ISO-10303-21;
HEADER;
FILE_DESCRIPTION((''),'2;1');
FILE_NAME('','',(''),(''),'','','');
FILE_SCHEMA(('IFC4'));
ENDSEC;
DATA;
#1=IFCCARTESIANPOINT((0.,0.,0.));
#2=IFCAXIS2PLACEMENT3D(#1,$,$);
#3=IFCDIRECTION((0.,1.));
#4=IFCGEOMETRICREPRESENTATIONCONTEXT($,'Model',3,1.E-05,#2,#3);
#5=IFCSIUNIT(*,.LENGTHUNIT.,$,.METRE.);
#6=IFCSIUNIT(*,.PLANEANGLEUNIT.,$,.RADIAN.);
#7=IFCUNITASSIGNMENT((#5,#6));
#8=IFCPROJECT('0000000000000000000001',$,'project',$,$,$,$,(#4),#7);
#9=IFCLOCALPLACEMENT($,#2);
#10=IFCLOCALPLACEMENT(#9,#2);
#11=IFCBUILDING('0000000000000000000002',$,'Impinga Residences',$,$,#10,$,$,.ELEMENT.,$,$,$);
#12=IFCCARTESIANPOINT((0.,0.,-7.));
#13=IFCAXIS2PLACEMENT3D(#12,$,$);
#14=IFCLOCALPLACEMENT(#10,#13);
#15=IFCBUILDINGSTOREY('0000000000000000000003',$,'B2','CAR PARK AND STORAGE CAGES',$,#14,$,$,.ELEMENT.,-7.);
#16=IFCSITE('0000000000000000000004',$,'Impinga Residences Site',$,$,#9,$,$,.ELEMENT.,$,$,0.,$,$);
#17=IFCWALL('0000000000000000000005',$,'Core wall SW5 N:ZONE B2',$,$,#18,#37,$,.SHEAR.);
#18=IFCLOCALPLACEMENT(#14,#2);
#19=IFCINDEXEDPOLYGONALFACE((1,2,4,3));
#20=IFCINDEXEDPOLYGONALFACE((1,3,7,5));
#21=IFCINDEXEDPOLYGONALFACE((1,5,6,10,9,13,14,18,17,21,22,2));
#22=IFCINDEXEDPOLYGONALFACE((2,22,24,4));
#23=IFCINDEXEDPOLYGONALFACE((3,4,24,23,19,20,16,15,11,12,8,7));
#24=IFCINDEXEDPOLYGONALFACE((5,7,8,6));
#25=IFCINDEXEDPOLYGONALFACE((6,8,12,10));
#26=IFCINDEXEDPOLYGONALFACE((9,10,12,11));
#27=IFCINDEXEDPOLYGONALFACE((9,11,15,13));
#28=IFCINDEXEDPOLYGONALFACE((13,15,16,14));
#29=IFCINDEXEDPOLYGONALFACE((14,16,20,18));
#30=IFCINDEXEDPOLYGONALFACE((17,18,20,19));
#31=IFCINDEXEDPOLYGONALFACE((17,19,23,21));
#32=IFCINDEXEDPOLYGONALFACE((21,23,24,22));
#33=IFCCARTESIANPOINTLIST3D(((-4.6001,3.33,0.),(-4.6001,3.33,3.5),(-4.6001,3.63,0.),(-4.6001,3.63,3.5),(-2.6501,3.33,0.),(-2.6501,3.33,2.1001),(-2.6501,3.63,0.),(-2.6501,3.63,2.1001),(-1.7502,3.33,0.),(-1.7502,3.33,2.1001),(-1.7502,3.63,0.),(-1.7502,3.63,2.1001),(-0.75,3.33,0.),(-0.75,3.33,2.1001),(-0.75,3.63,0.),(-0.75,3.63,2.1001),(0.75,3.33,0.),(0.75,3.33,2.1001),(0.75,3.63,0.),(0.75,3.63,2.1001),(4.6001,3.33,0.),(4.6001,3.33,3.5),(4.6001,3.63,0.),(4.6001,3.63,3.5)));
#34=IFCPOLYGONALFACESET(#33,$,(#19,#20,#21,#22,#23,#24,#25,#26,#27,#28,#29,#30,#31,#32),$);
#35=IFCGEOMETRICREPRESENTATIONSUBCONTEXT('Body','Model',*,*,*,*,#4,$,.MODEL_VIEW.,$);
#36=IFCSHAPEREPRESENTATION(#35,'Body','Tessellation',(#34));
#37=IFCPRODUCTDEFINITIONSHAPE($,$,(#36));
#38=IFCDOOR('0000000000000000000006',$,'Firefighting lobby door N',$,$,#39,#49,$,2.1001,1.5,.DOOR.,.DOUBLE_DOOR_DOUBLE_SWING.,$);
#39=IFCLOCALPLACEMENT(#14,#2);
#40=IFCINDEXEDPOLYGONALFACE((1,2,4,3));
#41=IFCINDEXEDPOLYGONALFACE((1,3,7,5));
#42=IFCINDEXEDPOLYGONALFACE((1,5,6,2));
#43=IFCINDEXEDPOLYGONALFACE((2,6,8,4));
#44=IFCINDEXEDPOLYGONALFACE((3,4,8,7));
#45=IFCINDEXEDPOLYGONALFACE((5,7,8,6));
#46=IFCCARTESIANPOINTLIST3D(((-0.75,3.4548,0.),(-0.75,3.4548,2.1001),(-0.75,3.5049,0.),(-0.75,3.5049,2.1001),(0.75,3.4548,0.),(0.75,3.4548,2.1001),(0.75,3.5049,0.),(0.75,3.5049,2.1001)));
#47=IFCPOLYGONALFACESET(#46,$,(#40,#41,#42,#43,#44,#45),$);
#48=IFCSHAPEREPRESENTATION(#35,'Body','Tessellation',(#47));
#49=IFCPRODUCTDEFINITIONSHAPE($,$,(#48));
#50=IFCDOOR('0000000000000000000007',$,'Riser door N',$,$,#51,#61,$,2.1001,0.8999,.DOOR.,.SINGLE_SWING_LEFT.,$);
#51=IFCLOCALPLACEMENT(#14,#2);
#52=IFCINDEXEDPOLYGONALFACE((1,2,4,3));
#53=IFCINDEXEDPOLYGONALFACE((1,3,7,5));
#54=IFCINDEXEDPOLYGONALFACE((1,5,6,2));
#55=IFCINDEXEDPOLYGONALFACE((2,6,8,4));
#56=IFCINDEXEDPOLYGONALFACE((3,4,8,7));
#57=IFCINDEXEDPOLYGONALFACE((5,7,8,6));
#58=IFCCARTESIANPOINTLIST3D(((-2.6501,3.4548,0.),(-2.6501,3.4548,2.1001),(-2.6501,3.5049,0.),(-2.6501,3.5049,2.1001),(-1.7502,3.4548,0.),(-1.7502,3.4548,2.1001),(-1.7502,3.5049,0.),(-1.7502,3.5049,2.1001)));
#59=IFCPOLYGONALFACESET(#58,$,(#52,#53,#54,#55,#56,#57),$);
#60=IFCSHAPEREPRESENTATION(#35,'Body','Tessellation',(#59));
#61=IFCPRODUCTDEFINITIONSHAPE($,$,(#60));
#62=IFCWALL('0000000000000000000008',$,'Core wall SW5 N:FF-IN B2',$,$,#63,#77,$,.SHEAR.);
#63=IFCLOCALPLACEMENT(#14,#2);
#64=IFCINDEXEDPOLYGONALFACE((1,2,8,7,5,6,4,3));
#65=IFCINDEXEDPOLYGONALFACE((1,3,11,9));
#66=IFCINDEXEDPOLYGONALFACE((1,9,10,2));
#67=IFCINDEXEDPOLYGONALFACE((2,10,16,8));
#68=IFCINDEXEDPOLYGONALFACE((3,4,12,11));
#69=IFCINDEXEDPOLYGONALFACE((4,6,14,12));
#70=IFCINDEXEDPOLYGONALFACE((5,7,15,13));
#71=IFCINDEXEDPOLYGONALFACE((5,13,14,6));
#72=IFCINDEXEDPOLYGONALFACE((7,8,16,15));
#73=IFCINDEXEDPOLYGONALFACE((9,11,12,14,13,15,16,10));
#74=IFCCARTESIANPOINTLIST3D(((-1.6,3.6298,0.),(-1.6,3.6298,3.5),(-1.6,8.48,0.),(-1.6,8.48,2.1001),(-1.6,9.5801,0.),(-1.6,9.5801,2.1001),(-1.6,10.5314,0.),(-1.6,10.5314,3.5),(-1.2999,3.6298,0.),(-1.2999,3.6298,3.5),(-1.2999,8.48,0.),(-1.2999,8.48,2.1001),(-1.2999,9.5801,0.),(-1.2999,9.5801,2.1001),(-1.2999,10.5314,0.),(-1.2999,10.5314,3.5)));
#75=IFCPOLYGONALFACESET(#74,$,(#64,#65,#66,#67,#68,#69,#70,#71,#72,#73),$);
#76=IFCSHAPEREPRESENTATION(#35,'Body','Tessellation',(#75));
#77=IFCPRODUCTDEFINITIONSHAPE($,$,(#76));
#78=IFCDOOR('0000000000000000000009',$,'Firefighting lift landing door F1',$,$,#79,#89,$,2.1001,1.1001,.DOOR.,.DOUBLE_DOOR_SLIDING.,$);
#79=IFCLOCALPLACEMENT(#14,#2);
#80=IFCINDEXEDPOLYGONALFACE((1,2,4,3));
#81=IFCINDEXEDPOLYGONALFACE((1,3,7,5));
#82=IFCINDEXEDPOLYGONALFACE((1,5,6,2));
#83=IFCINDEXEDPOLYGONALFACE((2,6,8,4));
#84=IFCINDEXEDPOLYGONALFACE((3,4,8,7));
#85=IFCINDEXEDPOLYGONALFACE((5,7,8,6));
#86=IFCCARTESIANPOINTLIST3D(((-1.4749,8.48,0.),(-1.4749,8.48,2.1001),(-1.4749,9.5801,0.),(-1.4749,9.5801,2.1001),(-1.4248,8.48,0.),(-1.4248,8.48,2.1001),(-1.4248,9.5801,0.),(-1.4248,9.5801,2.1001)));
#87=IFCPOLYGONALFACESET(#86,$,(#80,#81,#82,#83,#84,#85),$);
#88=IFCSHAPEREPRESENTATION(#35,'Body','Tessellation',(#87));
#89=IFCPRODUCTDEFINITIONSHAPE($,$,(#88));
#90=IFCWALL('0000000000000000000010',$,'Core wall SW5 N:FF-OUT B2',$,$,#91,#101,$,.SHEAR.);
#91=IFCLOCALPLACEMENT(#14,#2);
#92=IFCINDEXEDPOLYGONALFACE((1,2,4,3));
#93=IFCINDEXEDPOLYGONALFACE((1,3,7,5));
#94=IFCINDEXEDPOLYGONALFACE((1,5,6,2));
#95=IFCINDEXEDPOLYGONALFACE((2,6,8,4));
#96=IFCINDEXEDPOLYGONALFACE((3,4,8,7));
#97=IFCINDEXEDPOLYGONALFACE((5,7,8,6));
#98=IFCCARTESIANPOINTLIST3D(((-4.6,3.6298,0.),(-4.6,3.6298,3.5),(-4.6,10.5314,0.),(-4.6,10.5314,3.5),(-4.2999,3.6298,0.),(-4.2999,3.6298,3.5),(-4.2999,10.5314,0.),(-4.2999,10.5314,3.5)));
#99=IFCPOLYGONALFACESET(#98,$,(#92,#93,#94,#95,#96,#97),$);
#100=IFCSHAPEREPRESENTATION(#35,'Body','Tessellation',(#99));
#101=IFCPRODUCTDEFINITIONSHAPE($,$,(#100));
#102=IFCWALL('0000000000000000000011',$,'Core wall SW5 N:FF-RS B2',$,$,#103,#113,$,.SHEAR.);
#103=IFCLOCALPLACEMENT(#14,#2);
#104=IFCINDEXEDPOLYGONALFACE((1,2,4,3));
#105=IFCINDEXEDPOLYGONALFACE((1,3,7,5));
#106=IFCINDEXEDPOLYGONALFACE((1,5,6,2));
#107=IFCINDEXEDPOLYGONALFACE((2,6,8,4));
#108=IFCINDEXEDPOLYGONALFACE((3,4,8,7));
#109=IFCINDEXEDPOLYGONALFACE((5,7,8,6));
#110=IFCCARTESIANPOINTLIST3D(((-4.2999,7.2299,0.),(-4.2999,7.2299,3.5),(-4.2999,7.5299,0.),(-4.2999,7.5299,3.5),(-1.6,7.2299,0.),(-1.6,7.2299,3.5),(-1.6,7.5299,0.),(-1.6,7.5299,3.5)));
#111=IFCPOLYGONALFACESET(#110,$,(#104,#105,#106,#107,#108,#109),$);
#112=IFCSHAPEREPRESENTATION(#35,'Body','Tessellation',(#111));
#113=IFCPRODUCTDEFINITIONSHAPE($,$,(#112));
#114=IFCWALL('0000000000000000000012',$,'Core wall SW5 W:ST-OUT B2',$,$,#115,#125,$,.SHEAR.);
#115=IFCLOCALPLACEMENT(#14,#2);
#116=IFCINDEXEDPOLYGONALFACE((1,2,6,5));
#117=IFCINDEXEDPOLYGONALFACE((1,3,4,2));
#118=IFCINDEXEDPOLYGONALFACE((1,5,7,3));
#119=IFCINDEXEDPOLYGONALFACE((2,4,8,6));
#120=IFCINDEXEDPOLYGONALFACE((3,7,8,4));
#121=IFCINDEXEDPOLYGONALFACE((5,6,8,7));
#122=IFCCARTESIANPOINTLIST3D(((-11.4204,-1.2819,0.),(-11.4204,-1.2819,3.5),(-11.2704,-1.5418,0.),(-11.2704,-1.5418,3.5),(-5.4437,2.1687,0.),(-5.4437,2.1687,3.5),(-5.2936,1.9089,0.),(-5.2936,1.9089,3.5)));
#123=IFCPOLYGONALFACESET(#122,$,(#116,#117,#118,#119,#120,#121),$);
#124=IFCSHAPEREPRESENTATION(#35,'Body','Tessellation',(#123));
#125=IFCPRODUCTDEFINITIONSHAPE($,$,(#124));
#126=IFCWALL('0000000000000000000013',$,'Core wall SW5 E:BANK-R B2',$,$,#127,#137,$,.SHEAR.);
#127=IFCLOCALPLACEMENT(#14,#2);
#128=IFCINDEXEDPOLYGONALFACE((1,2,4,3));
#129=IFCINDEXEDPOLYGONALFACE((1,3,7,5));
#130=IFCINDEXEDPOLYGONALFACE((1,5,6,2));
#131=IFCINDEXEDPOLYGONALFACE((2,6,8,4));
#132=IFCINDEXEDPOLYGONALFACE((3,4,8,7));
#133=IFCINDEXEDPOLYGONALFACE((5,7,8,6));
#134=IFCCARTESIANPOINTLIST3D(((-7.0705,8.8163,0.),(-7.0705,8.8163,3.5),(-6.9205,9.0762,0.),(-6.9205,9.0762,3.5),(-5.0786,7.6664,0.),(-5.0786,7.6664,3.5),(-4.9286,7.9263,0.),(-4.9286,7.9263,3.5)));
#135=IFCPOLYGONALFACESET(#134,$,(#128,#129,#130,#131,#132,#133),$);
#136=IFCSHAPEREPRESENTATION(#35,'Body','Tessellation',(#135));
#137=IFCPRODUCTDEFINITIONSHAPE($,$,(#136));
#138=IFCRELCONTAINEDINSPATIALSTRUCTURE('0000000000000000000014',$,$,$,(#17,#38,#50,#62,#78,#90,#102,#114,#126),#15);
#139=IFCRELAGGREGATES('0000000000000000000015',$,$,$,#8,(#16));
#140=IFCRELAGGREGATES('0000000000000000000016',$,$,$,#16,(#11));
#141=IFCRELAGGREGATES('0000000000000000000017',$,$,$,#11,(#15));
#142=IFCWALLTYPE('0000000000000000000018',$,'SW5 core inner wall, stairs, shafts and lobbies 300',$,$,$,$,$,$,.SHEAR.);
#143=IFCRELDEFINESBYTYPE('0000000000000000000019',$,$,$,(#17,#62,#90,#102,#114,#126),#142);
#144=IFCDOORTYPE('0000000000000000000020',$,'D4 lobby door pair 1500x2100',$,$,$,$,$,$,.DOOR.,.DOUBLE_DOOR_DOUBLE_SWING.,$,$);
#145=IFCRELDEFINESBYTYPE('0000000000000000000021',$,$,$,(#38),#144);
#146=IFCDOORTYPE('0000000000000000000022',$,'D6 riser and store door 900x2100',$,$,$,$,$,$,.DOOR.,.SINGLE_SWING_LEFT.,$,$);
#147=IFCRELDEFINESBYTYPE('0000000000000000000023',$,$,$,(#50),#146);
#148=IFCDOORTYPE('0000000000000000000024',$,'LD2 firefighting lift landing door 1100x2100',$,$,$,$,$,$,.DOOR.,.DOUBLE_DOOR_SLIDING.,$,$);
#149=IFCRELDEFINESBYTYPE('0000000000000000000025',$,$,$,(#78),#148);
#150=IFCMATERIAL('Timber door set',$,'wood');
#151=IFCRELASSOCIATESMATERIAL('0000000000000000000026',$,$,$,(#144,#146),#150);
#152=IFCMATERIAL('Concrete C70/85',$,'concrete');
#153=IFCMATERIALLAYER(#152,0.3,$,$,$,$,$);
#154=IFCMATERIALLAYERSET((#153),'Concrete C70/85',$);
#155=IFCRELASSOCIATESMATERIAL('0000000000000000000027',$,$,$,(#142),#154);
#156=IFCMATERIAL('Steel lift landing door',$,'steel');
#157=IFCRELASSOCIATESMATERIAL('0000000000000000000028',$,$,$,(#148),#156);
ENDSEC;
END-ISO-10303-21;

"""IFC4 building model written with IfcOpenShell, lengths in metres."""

from ifc_helpers import new_model, si_unit, direction, frame, frame_2d, origin, place, context, subcontext, project, spatial, rectangle, extrude, material, layer, layer_set, type_object, element, fill, save


model = new_model("IFC4")

# Units and contexts
model_context = context("Model", 3, precision=1e-05, world=origin(), true_north=direction((0.0, 1.0)))
body_context = subcontext(model_context, "Body", "Model", "MODEL_VIEW")
ifc_project = project(units=[si_unit("LENGTHUNIT", "METRE"), si_unit("PLANEANGLEUNIT", "RADIAN")], contexts=[model_context])

# Site, building, storey
site_placement = place(None, origin())
site = spatial("IfcSite", under=ifc_project, at=site_placement, Name="Impinga Residences Site", CompositionType="ELEMENT", RefElevation=0.0)
building_placement = place(site_placement, origin())
building = spatial("IfcBuilding", under=site, at=building_placement, Name="Impinga Residences", CompositionType="ELEMENT")
storey_placement = place(building_placement, frame((0.0, 0.0, -7.0)))
storey = spatial("IfcBuildingStorey", under=building, at=storey_placement, Name="B2", Description="CAR PARK AND STORAGE CAGES", CompositionType="ELEMENT", Elevation=-7.0)

# Shared definitions
ifc_material_1 = material(Name="Concrete C70/85", Category="concrete")
ifc_material_2 = material(Name="Timber door set", Category="wood")

# Shared definitions
door_type_1 = type_object("IfcDoorType", Name="D4 lobby door pair 1500x2100", OperationType="DOUBLE_DOOR_DOUBLE_SWING", PredefinedType="DOOR", material=ifc_material_2)

# Wall, openings, doors
ifc_layer_1 = layer(ifc_material_1, 0.3)
ifc_layer_set_1 = layer_set([ifc_layer_1], Name="Concrete C70/85")
wall_type_1 = type_object("IfcWallType", Name="SW5 core inner wall, stairs, shafts and lobbies 300", PredefinedType="SHEAR", material=ifc_layer_set_1)
wall_1_placement = place(storey_placement, frame((-4.6001, 3.48, 0.0), z_axis=(0.0, 0.0, 1.0), x_axis=(1.0, 0.0, 0.0)))
wall_1 = element("IfcWall", 1, at=wall_1_placement, inside=storey, type_object=wall_type_1, Name="Core wall SW5 N:ZONE B2", PredefinedType="SHEAR", context=body_context, shape_type="SweptSolid", body=[
    extrude(rectangle(XDim=9.2002, YDim=0.3, at=frame_2d((4.6001, 0.0))), origin(), (0.0, 0.0, 1.0), 3.5),
])
opening_1_placement = place(wall_1_placement, frame((3.8501, 0.0, 0.0)))
opening_1 = element("IfcOpeningElement", 2, at=opening_1_placement, cuts=wall_1, PredefinedType="OPENING", context=body_context, shape_type="SweptSolid", body=[
    extrude(rectangle(XDim=1.5, YDim=2.1001, at=frame_2d((0.75, 1.05))), frame((0.0, 0.1599, 0.0), z_axis=(0.0, -1.0, 0.0), x_axis=(1.0, 0.0, 0.0)), (0.0, 0.0, 1.0), 0.3201),
])
opening_2_placement = place(wall_1_placement, frame((1.95, 0.0, 0.0)))
opening_2 = element("IfcOpeningElement", 3, at=opening_2_placement, cuts=wall_1, PredefinedType="OPENING", context=body_context, shape_type="SweptSolid", body=[
    extrude(rectangle(XDim=0.8999, YDim=2.1001, at=frame_2d((0.45, 1.05))), frame((0.0, 0.1599, 0.0), z_axis=(0.0, -1.0, 0.0), x_axis=(1.0, 0.0, 0.0)), (0.0, 0.0, 1.0), 0.3201),
])
door_1_placement = place(opening_1_placement, origin())
door_1 = element("IfcDoor", 4, at=door_1_placement, inside=storey, type_object=door_type_1, Name="Firefighting lobby door N", OperationType="DOUBLE_DOOR_DOUBLE_SWING", OverallHeight=2.1001, OverallWidth=1.5, PredefinedType="DOOR", context=body_context, shape_type="SweptSolid", body=[
    extrude(rectangle(XDim=1.5, YDim=2.1001, at=frame_2d((0.75, 1.05))), frame((0.0, 0.0249, 0.0), z_axis=(0.0, -1.0, 0.0), x_axis=(1.0, 0.0, 0.0)), (0.0, 0.0, 1.0), 0.05),
])
fill(opening_1, door_1)
door_type_2 = type_object("IfcDoorType", Name="D6 riser and store door 900x2100", OperationType="SINGLE_SWING_LEFT", PredefinedType="DOOR", material=ifc_material_2)
door_2_placement = place(opening_2_placement, origin())
door_2 = element("IfcDoor", 5, at=door_2_placement, inside=storey, type_object=door_type_2, Name="Riser door N", OperationType="SINGLE_SWING_LEFT", OverallHeight=2.1001, OverallWidth=0.8999, PredefinedType="DOOR", context=body_context, shape_type="SweptSolid", body=[
    extrude(rectangle(XDim=0.8999, YDim=2.1001, at=frame_2d((0.45, 1.05))), frame((0.0, 0.0249, 0.0), z_axis=(0.0, -1.0, 0.0), x_axis=(1.0, 0.0, 0.0)), (0.0, 0.0, 1.0), 0.05),
])
fill(opening_2, door_2)

# Wall, opening, door
wall_2_placement = place(storey_placement, frame((-1.45, 3.6299, 0.0), z_axis=(0.0, 0.0, 1.0), x_axis=(0.0, 1.0, 0.0)))
wall_2 = element("IfcWall", 6, at=wall_2_placement, inside=storey, type_object=wall_type_1, Name="Core wall SW5 N:FF-IN B2", PredefinedType="SHEAR", context=body_context, shape_type="SweptSolid", body=[
    extrude(rectangle(XDim=6.9016, YDim=0.3, at=frame_2d((3.4507, 0.0))), origin(), (0.0, 0.0, 1.0), 3.5),
])
opening_3_placement = place(wall_2_placement, frame((4.8501, 0.0, 0.0)))
opening_3 = element("IfcOpeningElement", 7, at=opening_3_placement, cuts=wall_2, PredefinedType="OPENING", context=body_context, shape_type="SweptSolid", body=[
    extrude(rectangle(XDim=1.1001, YDim=2.1001, at=frame_2d((0.55, 1.05))), frame((0.0, 0.1599, 0.0), z_axis=(0.0, -1.0, 0.0), x_axis=(1.0, 0.0, 0.0)), (0.0, 0.0, 1.0), 0.3201),
])
ifc_material_3 = material(Name="Steel lift landing door", Category="steel")
door_type_3 = type_object("IfcDoorType", Name="LD2 firefighting lift landing door 1100x2100", OperationType="DOUBLE_DOOR_SLIDING", PredefinedType="DOOR", material=ifc_material_3)
door_3_placement = place(opening_3_placement, origin())
door_3 = element("IfcDoor", 8, at=door_3_placement, inside=storey, type_object=door_type_3, Name="Firefighting lift landing door F1", OperationType="DOUBLE_DOOR_SLIDING", OverallHeight=2.1001, OverallWidth=1.1001, PredefinedType="DOOR", context=body_context, shape_type="SweptSolid", body=[
    extrude(rectangle(XDim=1.1001, YDim=2.1001, at=frame_2d((0.55, 1.05))), frame((0.0, 0.0249, 0.0), z_axis=(0.0, -1.0, 0.0), x_axis=(1.0, 0.0, 0.0)), (0.0, 0.0, 1.0), 0.05),
])
fill(opening_3, door_3)

# Walls
wall_3_placement = place(storey_placement, frame((-4.45, 3.6299, 0.0), z_axis=(0.0, 0.0, 1.0), x_axis=(0.0, 1.0, 0.0)))
element("IfcWall", 9, at=wall_3_placement, inside=storey, type_object=wall_type_1, Name="Core wall SW5 N:FF-OUT B2", PredefinedType="SHEAR", context=body_context, shape_type="SweptSolid", body=[
    extrude(rectangle(XDim=6.9016, YDim=0.3, at=frame_2d((3.4507, 0.0))), origin(), (0.0, 0.0, 1.0), 3.5),
])
wall_4_placement = place(storey_placement, frame((-4.3, 7.3799, 0.0), z_axis=(0.0, 0.0, 1.0), x_axis=(1.0, 0.0, 0.0)))
element("IfcWall", 10, at=wall_4_placement, inside=storey, type_object=wall_type_1, Name="Core wall SW5 N:FF-RS B2", PredefinedType="SHEAR", context=body_context, shape_type="SweptSolid", body=[
    extrude(rectangle(XDim=2.7, YDim=0.3, at=frame_2d((1.3501, 0.0))), origin(), (0.0, 0.0, 1.0), 3.5),
])
wall_5_placement = place(storey_placement, frame((-5.3687, 2.0388, 0.0), z_axis=(0.0, 0.0, 1.0), x_axis=(-0.866027, -0.499997, 0.0)))
element("IfcWall", 11, at=wall_5_placement, inside=storey, type_object=wall_type_1, Name="Core wall SW5 W:ST-OUT B2", PredefinedType="SHEAR", context=body_context, shape_type="SweptSolid", body=[
    extrude(rectangle(XDim=6.9014, YDim=0.3, at=frame_2d((3.4507, 0.0))), origin(), (0.0, 0.0, 1.0), 3.5),
])
wall_6_placement = place(storey_placement, frame((-5.0037, 7.7964, 0.0), z_axis=(0.0, 0.0, 1.0), x_axis=(-0.866053, 0.499952, 0.0)))
element("IfcWall", 12, at=wall_6_placement, inside=storey, type_object=wall_type_1, Name="Core wall SW5 E:BANK-R B2", PredefinedType="SHEAR", context=body_context, shape_type="SweptSolid", body=[
    extrude(rectangle(XDim=2.3, YDim=0.3, at=frame_2d((1.1499, 0.0))), origin(), (0.0, 0.0, 1.0), 3.5),
])

save(model, "model.ifc")
